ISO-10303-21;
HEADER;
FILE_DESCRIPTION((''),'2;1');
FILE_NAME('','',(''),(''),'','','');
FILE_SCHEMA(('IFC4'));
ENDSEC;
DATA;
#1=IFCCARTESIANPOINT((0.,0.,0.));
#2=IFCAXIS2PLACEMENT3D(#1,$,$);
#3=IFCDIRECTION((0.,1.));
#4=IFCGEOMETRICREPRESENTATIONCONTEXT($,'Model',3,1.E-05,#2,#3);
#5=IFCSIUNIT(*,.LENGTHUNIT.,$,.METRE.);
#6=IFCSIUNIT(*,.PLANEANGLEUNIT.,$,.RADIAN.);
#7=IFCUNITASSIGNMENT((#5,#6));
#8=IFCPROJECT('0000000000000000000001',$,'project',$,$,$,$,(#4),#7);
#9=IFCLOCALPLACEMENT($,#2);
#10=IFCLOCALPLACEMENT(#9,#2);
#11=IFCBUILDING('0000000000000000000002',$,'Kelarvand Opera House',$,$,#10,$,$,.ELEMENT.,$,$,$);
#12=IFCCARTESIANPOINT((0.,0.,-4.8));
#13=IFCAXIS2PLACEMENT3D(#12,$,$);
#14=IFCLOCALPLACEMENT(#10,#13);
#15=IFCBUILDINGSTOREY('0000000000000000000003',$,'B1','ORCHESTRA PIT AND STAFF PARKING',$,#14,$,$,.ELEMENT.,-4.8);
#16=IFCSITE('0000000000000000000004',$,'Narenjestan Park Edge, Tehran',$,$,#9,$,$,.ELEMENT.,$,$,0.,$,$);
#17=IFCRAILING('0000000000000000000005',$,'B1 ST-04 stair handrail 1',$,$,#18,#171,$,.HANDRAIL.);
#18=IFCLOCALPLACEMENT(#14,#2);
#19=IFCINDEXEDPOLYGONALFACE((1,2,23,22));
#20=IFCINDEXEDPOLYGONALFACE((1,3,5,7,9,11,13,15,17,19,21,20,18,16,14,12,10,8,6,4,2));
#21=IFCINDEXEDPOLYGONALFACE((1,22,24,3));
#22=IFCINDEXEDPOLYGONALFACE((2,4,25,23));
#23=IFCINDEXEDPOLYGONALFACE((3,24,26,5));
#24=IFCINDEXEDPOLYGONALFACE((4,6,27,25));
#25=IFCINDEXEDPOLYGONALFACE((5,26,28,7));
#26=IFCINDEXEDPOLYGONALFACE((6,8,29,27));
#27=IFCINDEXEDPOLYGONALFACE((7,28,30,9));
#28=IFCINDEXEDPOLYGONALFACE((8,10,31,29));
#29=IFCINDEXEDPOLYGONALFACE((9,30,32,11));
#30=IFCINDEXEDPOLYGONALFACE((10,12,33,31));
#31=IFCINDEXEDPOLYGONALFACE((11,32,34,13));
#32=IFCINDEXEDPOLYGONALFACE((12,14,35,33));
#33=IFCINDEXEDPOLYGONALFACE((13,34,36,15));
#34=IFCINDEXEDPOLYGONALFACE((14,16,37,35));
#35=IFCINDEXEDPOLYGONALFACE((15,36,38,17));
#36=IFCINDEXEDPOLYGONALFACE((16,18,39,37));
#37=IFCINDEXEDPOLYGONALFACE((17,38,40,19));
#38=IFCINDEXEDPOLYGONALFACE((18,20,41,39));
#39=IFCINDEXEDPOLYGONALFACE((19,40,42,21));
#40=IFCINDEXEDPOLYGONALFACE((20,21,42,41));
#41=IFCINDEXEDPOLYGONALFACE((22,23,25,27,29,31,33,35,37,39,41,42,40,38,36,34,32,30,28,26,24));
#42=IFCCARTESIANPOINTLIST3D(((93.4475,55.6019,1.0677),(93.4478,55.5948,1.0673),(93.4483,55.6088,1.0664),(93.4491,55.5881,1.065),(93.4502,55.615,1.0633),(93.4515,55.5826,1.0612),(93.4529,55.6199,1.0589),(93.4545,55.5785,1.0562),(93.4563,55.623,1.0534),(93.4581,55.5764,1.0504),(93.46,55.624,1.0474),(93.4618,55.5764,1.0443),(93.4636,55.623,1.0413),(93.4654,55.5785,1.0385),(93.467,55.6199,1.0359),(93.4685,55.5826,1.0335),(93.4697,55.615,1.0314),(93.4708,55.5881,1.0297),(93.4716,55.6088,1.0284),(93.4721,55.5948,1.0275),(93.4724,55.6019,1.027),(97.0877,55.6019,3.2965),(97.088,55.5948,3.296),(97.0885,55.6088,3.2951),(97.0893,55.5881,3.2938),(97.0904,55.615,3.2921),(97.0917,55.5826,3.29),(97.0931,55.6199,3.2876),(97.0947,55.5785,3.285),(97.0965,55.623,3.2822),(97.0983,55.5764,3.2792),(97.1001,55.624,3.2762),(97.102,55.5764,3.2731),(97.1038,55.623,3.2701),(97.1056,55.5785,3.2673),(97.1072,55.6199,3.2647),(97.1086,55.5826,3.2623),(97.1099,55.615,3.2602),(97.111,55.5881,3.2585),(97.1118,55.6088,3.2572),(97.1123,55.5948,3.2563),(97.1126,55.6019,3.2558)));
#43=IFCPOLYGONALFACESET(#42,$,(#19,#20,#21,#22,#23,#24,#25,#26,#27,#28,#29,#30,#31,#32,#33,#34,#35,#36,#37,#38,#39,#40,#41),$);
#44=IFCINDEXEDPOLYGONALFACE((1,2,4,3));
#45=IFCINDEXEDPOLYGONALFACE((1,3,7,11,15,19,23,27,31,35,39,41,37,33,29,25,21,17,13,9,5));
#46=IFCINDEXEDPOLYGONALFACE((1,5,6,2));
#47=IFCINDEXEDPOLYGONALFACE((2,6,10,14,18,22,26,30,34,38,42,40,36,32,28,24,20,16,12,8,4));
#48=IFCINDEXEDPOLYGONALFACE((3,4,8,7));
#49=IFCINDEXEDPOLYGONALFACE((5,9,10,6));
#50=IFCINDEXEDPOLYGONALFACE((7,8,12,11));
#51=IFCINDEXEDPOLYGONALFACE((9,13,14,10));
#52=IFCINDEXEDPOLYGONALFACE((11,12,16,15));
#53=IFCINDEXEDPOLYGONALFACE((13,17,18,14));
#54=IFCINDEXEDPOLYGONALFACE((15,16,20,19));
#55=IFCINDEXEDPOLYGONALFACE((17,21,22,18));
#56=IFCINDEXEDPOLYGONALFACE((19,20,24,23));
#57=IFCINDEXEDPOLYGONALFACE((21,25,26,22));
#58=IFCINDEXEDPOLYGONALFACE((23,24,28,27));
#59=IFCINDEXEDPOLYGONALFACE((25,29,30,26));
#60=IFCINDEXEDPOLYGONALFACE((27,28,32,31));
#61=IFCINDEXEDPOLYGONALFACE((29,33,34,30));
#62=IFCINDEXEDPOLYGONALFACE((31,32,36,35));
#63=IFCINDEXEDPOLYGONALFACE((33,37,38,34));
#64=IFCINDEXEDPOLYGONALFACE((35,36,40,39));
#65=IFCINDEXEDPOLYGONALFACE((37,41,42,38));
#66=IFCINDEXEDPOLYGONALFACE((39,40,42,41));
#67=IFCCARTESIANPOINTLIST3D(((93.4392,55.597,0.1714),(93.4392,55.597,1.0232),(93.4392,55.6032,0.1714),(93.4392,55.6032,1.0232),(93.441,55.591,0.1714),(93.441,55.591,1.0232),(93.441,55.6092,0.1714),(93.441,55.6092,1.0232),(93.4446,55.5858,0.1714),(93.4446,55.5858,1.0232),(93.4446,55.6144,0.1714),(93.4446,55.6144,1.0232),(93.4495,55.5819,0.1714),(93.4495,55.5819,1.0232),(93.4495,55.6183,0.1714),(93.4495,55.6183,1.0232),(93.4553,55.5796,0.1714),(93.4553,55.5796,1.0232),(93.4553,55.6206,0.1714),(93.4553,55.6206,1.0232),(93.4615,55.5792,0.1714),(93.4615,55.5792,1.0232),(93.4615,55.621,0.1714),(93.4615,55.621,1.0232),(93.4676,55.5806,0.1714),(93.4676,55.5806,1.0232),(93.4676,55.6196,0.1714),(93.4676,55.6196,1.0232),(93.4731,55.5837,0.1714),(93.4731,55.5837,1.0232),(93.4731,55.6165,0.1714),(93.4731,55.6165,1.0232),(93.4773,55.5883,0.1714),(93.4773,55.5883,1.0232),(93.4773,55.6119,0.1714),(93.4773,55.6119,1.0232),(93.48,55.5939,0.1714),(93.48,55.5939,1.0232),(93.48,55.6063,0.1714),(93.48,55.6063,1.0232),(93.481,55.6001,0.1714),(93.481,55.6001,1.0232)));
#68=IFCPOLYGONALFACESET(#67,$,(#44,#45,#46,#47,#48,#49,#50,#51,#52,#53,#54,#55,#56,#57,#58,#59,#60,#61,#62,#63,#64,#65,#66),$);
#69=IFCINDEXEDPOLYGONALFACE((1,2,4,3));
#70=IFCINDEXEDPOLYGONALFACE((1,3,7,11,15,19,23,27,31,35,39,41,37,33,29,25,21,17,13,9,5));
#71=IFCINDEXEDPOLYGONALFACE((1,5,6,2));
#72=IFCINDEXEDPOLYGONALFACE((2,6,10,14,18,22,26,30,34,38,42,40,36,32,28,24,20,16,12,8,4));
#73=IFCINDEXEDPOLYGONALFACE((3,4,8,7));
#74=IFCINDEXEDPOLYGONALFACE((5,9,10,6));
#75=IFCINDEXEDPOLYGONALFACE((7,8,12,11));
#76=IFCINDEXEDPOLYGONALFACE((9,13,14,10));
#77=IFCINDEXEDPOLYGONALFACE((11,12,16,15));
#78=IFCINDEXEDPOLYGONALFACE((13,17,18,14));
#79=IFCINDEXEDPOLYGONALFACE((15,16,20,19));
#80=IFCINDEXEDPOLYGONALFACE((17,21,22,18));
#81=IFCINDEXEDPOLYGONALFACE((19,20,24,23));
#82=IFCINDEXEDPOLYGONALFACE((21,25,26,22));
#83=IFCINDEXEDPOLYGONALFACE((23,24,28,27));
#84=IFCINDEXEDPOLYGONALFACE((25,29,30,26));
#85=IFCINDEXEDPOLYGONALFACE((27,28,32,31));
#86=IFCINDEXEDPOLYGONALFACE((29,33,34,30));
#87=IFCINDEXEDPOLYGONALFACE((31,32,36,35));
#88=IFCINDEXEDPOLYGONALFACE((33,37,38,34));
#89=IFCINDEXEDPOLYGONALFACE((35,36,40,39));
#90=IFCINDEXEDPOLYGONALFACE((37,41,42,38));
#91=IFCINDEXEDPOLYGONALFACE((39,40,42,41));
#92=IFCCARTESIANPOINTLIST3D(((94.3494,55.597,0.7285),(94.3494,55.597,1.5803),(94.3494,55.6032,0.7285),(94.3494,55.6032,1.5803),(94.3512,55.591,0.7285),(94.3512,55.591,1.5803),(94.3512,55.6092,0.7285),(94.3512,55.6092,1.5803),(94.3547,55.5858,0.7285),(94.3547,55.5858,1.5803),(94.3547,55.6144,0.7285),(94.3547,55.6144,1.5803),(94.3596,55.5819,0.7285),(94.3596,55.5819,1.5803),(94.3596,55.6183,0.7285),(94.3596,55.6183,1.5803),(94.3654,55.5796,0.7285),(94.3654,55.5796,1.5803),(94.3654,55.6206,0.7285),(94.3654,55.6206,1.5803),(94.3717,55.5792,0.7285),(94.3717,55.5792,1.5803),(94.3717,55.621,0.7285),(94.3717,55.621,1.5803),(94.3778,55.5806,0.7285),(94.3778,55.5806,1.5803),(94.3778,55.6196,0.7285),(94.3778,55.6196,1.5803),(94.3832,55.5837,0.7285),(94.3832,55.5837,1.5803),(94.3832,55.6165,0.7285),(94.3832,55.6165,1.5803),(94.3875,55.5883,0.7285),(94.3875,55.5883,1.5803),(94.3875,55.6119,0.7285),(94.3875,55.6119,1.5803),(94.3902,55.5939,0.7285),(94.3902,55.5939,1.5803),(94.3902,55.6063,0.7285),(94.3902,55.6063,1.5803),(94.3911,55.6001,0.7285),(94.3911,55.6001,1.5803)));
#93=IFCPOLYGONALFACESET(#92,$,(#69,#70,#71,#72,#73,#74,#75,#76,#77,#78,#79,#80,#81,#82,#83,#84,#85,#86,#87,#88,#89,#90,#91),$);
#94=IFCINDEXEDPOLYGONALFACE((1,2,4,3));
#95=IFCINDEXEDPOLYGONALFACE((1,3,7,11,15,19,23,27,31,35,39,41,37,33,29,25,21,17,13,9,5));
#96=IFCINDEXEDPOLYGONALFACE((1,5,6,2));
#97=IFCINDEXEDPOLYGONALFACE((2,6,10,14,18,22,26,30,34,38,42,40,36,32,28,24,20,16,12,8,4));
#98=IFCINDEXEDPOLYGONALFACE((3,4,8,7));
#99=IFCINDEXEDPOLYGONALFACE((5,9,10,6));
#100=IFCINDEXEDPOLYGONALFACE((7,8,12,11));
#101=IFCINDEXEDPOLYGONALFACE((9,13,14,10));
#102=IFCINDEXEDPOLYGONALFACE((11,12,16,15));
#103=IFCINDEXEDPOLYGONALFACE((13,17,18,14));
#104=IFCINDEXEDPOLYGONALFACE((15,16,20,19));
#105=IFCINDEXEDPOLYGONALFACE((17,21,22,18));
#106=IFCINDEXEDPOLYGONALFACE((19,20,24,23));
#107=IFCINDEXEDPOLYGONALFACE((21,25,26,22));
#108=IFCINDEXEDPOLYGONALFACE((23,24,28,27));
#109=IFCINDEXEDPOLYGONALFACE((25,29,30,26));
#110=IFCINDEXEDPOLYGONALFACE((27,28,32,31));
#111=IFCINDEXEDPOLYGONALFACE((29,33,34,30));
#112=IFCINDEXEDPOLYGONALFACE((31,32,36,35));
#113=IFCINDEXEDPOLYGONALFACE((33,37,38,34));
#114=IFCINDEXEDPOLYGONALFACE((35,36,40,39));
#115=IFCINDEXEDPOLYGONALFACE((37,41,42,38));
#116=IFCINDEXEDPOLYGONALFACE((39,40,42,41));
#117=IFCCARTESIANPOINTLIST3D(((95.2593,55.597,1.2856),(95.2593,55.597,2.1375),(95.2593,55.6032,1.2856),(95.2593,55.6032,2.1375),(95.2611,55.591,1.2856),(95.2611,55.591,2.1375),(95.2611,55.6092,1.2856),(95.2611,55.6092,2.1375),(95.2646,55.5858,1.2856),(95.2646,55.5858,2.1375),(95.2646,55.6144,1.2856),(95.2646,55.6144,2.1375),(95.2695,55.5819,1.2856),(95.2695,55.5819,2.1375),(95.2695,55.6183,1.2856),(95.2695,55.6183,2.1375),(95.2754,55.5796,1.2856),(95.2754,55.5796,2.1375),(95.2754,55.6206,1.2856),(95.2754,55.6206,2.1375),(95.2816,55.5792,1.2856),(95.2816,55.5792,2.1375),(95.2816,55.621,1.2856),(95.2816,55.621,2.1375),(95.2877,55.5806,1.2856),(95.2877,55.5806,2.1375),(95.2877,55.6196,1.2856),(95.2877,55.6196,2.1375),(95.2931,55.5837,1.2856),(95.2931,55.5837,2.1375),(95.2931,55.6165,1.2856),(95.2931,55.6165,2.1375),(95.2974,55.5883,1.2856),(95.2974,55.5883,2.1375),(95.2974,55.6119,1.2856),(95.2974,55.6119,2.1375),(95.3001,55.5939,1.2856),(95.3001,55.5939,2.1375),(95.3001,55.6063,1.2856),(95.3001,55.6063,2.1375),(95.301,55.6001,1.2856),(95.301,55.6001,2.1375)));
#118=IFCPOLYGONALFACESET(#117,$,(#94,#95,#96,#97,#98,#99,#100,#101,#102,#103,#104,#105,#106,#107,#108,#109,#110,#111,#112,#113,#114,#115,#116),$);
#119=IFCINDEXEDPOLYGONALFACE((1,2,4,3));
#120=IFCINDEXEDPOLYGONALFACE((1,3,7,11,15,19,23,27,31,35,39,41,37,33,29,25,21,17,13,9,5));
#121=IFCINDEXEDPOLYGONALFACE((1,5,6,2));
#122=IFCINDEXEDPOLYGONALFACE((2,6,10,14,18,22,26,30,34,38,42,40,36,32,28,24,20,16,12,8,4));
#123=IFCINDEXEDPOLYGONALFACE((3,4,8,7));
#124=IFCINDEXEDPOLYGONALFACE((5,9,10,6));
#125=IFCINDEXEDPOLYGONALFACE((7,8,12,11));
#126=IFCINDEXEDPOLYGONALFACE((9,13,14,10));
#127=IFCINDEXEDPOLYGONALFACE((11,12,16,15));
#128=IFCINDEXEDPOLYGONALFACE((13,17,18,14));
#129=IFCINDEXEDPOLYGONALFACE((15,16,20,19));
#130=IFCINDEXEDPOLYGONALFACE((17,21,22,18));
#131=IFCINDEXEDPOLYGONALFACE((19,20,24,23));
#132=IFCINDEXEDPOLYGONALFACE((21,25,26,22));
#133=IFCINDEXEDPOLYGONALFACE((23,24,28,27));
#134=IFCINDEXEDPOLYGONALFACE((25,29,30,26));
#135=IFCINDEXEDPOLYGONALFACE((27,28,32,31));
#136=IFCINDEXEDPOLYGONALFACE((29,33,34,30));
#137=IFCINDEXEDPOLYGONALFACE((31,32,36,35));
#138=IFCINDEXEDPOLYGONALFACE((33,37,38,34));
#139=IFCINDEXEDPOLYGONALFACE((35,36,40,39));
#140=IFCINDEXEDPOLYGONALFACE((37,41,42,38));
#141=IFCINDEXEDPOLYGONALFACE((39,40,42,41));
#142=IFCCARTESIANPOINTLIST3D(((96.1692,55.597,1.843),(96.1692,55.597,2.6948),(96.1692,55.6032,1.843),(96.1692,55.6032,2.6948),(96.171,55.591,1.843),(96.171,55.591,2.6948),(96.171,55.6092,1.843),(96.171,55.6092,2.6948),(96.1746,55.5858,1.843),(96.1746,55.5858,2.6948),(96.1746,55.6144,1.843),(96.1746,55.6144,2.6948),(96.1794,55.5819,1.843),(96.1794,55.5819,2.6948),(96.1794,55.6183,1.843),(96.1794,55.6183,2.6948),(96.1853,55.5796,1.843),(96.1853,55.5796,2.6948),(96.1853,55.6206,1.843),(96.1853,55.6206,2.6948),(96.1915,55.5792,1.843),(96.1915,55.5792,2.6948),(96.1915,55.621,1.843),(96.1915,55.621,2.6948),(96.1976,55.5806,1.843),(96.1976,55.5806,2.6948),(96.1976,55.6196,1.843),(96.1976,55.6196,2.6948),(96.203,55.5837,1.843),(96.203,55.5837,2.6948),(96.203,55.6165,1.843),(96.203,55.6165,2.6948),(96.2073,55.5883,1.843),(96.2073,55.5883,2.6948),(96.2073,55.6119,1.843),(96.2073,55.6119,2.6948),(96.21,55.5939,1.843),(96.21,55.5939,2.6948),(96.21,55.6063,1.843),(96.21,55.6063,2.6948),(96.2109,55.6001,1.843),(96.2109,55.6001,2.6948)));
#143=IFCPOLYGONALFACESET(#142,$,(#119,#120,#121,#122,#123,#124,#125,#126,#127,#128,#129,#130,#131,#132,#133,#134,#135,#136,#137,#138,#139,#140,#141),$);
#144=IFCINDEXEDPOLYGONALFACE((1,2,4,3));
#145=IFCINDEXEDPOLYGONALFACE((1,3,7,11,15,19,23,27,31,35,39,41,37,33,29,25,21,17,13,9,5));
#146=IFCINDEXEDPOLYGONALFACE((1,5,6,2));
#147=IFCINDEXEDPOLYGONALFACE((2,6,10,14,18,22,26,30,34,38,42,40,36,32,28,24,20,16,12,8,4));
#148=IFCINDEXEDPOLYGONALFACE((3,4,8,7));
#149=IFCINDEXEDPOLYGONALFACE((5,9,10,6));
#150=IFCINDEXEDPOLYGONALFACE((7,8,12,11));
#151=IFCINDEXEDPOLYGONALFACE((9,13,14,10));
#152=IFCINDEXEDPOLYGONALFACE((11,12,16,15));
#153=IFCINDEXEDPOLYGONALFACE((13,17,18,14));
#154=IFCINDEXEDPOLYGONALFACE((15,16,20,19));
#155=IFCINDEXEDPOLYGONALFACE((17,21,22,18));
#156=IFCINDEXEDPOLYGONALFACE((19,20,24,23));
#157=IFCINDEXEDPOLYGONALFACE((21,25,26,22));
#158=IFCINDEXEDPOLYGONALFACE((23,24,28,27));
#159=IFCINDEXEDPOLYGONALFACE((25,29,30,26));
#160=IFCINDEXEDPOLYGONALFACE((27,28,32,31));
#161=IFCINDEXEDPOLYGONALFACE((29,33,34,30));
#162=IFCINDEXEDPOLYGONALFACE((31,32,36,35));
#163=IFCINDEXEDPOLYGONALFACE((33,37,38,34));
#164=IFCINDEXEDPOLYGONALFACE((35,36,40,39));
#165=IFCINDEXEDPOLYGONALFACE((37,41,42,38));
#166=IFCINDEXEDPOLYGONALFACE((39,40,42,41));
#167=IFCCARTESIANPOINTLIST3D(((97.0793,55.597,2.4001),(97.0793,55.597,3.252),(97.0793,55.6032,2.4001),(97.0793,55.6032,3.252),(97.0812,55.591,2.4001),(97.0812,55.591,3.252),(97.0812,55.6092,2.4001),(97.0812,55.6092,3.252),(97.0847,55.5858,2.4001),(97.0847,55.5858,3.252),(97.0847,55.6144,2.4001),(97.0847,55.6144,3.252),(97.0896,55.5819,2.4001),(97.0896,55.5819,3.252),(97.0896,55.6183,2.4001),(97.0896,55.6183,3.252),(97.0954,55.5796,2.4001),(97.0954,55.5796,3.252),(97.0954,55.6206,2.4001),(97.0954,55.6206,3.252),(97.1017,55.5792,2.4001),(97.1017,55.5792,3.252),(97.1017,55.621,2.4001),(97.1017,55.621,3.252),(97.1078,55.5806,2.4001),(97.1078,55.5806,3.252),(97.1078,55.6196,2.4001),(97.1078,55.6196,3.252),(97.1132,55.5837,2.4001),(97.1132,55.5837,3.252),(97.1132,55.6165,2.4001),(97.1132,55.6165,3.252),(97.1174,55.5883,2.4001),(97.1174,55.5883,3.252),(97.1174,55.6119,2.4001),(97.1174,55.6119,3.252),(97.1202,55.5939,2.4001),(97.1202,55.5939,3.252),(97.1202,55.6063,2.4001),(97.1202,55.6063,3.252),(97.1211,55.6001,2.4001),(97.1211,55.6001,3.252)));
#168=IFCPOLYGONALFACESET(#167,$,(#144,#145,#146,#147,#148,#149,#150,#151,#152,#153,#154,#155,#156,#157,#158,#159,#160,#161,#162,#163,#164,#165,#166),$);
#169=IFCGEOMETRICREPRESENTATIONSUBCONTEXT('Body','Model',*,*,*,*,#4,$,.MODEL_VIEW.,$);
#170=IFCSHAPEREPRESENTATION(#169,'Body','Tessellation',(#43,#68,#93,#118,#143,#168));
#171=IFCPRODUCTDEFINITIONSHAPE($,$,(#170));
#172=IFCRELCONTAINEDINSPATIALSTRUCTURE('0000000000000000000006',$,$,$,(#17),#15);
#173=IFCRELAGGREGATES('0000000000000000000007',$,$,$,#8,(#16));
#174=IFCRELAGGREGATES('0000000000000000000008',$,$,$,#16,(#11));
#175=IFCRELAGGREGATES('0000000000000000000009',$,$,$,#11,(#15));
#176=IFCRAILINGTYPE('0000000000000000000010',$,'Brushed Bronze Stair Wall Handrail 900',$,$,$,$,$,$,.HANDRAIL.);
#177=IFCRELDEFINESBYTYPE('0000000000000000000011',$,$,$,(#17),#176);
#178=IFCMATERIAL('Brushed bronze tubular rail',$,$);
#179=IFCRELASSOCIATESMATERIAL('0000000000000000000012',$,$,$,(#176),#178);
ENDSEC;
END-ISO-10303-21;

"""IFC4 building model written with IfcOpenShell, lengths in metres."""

from ifc_helpers import new_model, si_unit, direction, frame, origin, origin_2d, place, context, subcontext, project, spatial, circle, extrude, material, type_object, element, save


model = new_model("IFC4")

# Units and contexts
model_context = context("Model", 3, precision=1e-05, world=origin(), true_north=direction((0.0, 1.0)))
body_context = subcontext(model_context, "Body", "Model", "MODEL_VIEW")
ifc_project = project(units=[si_unit("LENGTHUNIT", "METRE"), si_unit("PLANEANGLEUNIT", "RADIAN")], contexts=[model_context])

# Site, building, storey
site_placement = place(None, origin())
site = spatial("IfcSite", under=ifc_project, at=site_placement, Name="Narenjestan Park Edge, Tehran", CompositionType="ELEMENT", RefElevation=0.0)
building_placement = place(site_placement, origin())
building = spatial("IfcBuilding", under=site, at=building_placement, Name="Kelarvand Opera House", CompositionType="ELEMENT")
storey_placement = place(building_placement, frame((0.0, 0.0, -4.8)))
storey = spatial("IfcBuildingStorey", under=building, at=storey_placement, Name="B1", Description="ORCHESTRA PIT AND STAFF PARKING", CompositionType="ELEMENT", Elevation=-4.8)

# Railing
ifc_material_1 = material(Name="Brushed bronze tubular rail")
railing_type_1 = type_object("IfcRailingType", Name="Brushed Bronze Stair Wall Handrail 900", PredefinedType="HANDRAIL", material=ifc_material_1)
railing_1_placement = place(storey_placement, frame((93.46, 55.6001, 0.1714)))
element("IfcRailing", 1, at=railing_1_placement, inside=storey, type_object=railing_type_1, Name="B1 ST-04 stair handrail 1", PredefinedType="HANDRAIL", context=body_context, shape_type="SweptSolid", body=[
    extrude(circle(Radius=0.0239, at=origin_2d()), frame((0.0, 0.0, 0.876), z_axis=(0.85284, 0.0, 0.522172), x_axis=(0.0, 1.0, 0.0)), (0.0, 0.0, 1.0), 4.2683),
    extrude(circle(Radius=0.021, at=origin_2d()), origin(), (0.0, 0.0, 1.0), 0.8518),
    extrude(circle(Radius=0.021, at=origin_2d()), frame((0.9102, 0.0, 0.5571)), (0.0, 0.0, 1.0), 0.8518),
    extrude(circle(Radius=0.021, at=origin_2d()), frame((1.8201, 0.0, 1.1143)), (0.0, 0.0, 1.0), 0.8518),
    extrude(circle(Radius=0.021, at=origin_2d()), frame((2.73, 0.0, 1.6716)), (0.0, 0.0, 1.0), 0.8518),
    extrude(circle(Radius=0.021, at=origin_2d()), frame((3.6401, 0.0, 2.2288)), (0.0, 0.0, 1.0), 0.8518),
])

save(model, "model.ifc")
